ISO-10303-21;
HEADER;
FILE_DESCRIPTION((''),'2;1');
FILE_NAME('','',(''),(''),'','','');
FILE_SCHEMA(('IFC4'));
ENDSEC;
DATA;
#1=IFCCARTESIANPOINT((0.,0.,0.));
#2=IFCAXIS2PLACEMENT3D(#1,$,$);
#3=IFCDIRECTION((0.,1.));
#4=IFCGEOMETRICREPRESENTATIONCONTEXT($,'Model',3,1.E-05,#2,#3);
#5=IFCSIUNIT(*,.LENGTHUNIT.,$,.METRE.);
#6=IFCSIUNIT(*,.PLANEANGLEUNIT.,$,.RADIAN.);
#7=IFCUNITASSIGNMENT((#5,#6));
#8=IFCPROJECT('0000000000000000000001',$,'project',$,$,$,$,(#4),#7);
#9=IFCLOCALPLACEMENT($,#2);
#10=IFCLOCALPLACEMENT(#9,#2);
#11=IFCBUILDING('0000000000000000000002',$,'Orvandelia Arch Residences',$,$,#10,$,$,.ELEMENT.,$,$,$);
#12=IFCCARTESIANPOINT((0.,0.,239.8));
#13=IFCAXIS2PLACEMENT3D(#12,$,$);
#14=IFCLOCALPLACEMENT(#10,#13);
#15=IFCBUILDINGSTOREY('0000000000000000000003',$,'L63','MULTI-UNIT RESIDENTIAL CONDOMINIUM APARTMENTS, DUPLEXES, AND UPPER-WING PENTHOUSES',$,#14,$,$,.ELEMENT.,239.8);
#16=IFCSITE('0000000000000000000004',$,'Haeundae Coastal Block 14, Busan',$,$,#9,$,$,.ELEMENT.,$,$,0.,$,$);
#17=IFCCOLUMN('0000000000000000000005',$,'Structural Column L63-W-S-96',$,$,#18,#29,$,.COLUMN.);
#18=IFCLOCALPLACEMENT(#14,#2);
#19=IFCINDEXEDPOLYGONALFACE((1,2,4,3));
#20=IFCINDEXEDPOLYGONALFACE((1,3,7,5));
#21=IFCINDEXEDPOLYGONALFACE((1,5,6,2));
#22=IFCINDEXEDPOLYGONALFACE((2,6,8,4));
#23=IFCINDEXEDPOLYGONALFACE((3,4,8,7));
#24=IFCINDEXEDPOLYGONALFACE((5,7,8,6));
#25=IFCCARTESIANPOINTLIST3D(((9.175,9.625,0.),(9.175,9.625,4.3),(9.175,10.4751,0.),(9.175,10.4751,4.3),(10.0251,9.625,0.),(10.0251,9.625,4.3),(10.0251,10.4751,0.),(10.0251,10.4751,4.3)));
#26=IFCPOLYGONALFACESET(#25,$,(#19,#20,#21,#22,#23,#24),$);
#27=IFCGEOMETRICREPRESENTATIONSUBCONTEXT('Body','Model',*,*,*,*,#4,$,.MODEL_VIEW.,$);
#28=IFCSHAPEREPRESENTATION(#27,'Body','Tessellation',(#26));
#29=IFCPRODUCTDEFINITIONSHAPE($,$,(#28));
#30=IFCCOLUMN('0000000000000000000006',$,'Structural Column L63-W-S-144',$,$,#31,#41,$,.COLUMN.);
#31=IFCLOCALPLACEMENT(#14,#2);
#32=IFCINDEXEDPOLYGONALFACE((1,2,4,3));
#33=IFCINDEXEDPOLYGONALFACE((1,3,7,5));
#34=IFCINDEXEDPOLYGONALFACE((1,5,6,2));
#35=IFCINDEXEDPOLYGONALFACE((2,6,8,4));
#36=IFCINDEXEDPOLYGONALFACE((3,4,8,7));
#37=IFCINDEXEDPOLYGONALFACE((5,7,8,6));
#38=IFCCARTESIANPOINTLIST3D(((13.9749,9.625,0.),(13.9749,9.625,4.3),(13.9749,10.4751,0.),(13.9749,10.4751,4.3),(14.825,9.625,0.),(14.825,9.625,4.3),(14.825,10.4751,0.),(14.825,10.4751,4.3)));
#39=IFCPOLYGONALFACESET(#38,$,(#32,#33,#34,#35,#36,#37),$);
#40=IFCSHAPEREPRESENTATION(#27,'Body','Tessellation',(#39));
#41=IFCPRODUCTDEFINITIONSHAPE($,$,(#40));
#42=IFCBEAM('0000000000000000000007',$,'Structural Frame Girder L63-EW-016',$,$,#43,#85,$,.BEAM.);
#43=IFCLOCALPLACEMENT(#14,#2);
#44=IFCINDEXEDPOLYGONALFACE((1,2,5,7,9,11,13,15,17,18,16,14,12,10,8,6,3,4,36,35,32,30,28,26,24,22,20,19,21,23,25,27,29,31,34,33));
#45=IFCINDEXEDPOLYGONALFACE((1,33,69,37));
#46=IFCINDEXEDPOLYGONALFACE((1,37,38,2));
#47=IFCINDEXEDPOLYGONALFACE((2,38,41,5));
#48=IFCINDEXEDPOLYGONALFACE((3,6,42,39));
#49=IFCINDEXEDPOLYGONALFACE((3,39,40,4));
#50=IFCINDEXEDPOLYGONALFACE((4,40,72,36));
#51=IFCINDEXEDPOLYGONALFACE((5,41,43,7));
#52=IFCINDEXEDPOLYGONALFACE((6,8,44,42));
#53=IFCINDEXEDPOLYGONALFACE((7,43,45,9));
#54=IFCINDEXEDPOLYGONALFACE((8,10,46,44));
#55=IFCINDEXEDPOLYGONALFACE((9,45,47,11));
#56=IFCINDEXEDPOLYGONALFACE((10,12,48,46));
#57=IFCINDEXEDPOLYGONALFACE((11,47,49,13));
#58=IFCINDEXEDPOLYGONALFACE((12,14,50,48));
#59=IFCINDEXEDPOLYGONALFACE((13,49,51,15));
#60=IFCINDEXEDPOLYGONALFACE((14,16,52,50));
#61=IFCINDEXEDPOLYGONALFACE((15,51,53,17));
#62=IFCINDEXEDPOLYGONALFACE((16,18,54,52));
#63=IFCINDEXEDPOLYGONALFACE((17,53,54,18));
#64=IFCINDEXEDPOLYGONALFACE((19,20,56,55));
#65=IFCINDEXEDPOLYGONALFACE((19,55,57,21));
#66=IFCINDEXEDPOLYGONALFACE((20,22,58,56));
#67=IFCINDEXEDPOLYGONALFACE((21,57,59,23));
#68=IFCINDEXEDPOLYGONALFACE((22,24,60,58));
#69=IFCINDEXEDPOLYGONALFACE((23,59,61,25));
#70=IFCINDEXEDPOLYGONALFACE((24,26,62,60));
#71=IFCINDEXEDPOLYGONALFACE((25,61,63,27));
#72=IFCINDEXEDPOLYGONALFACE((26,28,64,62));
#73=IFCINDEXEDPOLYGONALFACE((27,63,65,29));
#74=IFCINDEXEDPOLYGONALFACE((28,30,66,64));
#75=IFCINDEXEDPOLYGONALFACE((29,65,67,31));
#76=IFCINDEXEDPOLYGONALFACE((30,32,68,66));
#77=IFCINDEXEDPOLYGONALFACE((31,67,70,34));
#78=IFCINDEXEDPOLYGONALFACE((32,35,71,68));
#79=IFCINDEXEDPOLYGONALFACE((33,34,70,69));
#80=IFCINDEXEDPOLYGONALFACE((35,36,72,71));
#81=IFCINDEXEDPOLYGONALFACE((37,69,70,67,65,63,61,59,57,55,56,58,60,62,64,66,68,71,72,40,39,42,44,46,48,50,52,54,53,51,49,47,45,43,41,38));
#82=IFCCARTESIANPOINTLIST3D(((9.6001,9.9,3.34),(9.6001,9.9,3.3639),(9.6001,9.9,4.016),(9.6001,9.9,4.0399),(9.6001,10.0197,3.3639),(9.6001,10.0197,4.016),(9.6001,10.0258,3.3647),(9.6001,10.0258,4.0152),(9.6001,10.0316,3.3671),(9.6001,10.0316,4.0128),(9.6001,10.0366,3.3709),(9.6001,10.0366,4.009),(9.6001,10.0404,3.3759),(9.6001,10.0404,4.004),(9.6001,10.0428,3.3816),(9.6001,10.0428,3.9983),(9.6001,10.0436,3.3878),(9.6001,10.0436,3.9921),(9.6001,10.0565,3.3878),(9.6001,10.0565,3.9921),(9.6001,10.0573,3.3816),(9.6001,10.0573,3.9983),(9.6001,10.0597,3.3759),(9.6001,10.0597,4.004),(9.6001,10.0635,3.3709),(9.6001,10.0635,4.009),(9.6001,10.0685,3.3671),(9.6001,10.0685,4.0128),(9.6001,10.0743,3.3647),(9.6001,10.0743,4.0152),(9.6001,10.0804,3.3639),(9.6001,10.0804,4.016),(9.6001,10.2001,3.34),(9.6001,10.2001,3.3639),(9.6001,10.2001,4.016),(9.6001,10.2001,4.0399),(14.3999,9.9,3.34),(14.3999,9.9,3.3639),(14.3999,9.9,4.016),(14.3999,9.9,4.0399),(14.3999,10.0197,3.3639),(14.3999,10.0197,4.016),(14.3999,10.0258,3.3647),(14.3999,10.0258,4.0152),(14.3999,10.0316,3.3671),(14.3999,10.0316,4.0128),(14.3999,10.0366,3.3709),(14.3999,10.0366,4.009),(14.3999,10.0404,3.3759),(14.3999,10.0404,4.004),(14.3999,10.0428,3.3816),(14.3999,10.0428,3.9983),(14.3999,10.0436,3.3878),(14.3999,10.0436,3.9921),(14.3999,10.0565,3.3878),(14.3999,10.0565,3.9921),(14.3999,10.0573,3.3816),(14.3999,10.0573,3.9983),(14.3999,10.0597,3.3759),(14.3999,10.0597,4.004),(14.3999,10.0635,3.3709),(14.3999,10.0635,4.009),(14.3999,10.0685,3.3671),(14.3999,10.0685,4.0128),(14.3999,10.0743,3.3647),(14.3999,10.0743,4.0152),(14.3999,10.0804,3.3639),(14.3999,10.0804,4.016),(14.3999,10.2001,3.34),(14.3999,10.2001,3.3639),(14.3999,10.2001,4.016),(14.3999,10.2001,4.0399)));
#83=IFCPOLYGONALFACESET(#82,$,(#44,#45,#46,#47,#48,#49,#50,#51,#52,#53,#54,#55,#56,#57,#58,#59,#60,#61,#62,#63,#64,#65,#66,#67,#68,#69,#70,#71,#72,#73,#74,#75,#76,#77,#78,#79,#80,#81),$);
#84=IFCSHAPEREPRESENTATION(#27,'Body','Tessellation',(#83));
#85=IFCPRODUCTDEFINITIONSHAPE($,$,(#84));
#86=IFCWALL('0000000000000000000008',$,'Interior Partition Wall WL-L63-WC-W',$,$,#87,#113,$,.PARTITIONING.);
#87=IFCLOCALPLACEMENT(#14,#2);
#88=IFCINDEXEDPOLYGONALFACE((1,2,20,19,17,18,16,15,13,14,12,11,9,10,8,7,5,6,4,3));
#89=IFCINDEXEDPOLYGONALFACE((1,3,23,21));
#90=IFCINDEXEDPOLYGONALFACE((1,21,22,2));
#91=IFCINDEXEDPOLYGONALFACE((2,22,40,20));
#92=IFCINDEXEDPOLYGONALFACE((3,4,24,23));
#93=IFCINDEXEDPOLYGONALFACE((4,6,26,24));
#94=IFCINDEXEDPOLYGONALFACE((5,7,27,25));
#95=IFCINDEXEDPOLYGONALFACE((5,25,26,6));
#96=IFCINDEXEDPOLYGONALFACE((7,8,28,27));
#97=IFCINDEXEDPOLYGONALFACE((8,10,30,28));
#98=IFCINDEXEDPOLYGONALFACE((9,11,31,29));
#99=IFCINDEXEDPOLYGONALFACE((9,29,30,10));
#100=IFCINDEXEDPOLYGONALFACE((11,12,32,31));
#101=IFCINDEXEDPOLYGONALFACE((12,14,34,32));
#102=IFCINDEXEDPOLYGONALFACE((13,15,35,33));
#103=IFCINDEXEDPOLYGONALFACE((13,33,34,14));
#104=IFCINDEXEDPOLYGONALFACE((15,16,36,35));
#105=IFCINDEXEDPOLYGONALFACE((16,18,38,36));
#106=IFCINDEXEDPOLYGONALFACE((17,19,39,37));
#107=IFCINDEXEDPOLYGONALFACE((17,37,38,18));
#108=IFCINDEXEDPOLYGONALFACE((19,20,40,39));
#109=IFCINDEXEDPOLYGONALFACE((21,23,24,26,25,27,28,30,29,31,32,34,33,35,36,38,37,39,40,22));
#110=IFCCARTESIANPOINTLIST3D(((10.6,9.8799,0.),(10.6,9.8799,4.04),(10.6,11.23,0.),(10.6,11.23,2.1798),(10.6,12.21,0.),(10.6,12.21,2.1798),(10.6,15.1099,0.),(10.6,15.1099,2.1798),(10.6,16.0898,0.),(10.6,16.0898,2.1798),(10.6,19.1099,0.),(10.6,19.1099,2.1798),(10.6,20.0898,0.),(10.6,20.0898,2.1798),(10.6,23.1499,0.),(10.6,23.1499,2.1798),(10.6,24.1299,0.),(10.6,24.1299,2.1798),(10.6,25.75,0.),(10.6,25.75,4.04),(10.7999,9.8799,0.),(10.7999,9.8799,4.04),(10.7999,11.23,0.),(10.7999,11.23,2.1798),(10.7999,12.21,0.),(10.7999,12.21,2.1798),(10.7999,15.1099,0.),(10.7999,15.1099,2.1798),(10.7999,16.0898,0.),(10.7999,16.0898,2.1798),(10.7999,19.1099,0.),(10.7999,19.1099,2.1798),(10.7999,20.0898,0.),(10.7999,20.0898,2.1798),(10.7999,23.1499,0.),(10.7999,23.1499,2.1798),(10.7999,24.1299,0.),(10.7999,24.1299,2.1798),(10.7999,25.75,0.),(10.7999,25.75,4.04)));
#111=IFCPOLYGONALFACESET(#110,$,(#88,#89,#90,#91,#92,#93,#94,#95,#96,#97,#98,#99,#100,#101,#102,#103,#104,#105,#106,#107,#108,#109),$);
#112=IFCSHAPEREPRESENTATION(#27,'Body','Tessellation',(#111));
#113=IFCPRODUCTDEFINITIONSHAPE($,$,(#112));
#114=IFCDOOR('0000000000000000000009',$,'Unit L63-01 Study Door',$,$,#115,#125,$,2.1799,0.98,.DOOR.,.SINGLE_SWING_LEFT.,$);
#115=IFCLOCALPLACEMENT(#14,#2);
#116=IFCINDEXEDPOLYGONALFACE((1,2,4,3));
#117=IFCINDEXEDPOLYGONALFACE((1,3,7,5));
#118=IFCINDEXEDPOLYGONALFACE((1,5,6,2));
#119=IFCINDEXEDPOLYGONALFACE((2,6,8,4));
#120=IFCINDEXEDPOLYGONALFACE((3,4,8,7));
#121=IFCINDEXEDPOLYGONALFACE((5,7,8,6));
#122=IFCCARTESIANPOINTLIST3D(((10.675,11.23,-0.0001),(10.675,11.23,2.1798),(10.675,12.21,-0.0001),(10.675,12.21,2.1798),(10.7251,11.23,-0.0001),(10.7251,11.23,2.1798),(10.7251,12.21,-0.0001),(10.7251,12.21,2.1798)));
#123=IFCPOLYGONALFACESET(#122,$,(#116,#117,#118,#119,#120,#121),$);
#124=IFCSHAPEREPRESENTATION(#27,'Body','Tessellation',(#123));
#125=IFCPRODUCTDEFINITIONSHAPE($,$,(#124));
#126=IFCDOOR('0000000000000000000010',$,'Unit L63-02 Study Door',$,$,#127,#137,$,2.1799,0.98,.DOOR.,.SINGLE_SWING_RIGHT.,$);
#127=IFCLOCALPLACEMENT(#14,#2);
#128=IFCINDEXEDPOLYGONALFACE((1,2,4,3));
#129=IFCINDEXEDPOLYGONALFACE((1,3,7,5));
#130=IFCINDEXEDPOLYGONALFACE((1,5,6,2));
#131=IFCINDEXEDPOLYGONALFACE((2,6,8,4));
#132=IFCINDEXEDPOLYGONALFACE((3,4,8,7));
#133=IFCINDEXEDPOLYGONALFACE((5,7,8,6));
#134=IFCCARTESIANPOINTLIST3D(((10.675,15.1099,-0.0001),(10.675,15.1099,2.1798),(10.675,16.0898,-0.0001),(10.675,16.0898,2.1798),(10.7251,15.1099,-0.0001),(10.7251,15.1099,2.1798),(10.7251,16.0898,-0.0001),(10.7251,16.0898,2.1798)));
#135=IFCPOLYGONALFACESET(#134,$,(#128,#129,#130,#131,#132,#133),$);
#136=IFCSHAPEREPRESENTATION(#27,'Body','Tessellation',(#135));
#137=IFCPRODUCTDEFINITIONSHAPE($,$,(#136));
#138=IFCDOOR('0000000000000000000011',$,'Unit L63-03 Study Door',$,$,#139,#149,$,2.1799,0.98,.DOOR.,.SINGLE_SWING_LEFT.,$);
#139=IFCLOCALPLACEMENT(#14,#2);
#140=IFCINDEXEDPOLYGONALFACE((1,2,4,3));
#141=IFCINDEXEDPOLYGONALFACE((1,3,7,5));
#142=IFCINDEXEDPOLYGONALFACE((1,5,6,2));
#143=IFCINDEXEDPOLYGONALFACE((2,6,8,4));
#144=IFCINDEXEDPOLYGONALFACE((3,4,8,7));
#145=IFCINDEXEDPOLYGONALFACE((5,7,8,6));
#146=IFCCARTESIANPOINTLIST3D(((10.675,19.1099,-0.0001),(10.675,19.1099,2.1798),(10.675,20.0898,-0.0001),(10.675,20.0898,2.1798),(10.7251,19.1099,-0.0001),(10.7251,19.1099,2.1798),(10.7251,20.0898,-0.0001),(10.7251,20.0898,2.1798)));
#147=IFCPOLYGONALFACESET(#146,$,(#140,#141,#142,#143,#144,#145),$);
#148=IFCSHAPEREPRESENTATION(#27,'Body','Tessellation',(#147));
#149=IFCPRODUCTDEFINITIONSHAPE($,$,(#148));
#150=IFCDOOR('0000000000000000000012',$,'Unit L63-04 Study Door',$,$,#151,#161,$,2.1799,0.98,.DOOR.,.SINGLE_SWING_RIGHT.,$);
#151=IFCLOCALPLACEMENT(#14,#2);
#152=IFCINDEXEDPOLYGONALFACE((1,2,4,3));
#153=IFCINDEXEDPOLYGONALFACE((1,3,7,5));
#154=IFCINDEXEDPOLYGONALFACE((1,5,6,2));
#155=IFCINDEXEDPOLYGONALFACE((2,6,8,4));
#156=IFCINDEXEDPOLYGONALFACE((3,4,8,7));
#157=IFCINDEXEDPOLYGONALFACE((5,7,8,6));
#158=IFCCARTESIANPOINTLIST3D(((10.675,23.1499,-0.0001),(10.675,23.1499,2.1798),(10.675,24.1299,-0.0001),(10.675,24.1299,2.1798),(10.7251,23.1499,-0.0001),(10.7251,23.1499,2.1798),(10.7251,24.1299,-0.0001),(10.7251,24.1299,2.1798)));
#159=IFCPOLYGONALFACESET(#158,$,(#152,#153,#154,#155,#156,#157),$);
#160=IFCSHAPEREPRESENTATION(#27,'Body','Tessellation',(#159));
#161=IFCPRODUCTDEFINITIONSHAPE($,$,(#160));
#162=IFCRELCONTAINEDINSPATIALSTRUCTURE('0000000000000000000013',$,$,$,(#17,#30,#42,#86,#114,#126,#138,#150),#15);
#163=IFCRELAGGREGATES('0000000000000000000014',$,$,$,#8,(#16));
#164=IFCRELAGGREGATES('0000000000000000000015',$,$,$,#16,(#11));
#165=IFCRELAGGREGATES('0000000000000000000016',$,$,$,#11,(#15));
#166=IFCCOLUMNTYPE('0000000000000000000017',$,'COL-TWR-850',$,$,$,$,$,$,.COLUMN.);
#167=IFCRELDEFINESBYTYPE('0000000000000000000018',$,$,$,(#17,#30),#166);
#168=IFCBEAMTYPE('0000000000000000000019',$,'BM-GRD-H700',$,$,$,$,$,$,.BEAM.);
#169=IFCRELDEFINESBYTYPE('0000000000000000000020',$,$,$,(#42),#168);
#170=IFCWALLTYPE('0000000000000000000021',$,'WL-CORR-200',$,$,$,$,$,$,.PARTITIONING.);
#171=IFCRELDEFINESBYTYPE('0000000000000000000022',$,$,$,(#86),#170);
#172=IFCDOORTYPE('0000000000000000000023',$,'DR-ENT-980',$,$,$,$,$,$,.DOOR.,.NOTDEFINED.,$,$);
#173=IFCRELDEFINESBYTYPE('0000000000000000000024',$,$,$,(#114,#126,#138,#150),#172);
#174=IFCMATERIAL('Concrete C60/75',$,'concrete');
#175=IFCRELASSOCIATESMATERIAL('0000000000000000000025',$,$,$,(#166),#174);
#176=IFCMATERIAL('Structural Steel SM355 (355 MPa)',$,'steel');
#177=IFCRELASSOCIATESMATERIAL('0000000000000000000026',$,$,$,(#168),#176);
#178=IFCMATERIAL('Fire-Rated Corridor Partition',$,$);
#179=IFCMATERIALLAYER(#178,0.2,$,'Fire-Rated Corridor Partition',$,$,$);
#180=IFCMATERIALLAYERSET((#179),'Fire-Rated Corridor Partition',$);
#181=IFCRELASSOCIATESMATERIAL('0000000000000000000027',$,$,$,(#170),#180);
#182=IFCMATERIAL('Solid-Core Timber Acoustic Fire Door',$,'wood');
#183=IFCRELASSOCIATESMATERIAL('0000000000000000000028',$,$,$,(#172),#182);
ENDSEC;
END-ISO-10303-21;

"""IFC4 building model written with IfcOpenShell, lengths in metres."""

from ifc_helpers import new_model, si_unit, direction, frame, frame_2d, origin, origin_2d, place, context, subcontext, project, spatial, rectangle, i_section, extrude, material, layer, layer_set, material_profile, profile_set, type_object, element, fill, save


model = new_model("IFC4")

# Units and contexts
model_context = context("Model", 3, precision=1e-05, world=origin(), true_north=direction((0.0, 1.0)))
body_context = subcontext(model_context, "Body", "Model", "MODEL_VIEW")
ifc_project = project(units=[si_unit("LENGTHUNIT", "METRE"), si_unit("PLANEANGLEUNIT", "RADIAN")], contexts=[model_context])

# Site, building, storey
site_placement = place(None, origin())
site = spatial("IfcSite", under=ifc_project, at=site_placement, Name="Haeundae Coastal Block 14, Busan", CompositionType="ELEMENT", RefElevation=0.0)
building_placement = place(site_placement, origin())
building = spatial("IfcBuilding", under=site, at=building_placement, Name="Orvandelia Arch Residences", CompositionType="ELEMENT")
storey_placement = place(building_placement, frame((0.0, 0.0, 239.8)))
storey = spatial("IfcBuildingStorey", under=building, at=storey_placement, Name="L63", Description="MULTI-UNIT RESIDENTIAL CONDOMINIUM APARTMENTS, DUPLEXES, AND UPPER-WING PENTHOUSES", CompositionType="ELEMENT", Elevation=239.8)

# Columns
ifc_material_1 = material(Name="Concrete C60/75", Category="concrete")
ifc_material_profile_1 = material_profile(ifc_material_1, rectangle(XDim=0.8501, YDim=0.8501, at=origin_2d()), Name="Concrete C60/75", Category="concrete")
ifc_profile_set_1 = profile_set([ifc_material_profile_1], Name="Concrete C60/75")
column_type = type_object("IfcColumnType", Name="COL-TWR-850", PredefinedType="COLUMN", material=ifc_profile_set_1)
for number, where, z_axis, x_axis, name in (
    (1, (9.6001, 10.05, 0.0), (0.0, 0.0, 1.0), (1.0, 0.0, 0.0), "Structural Column L63-W-S-96"),
    (2, (14.3999, 10.05, 0.0), (0.0, 0.0, 1.0), (1.0, 0.0, 0.0), "Structural Column L63-W-S-144"),
):
    element("IfcColumn", number, at=place(storey_placement, frame(where, z_axis=z_axis, x_axis=x_axis)), inside=storey, type_object=column_type, Name=name, PredefinedType="COLUMN", context=body_context, shape_type="SweptSolid", body=[
        extrude(rectangle(XDim=0.8501, YDim=0.8501, at=origin_2d()), origin(), (0.0, 0.0, 1.0), 4.3),
    ])

# Beam
ifc_material_2 = material(Name="Structural Steel SM355 (355 MPa)", Category="steel")
ifc_material_profile_2 = material_profile(ifc_material_2, i_section(OverallWidth=0.3, OverallDepth=0.7, WebThickness=0.0129, FlangeThickness=0.0239, FilletRadius=0.0239, at=origin_2d()), Name="Structural Steel SM355 (355 MPa)", Category="steel")
ifc_profile_set_2 = profile_set([ifc_material_profile_2], Name="Structural Steel SM355 (355 MPa)")
beam_type = type_object("IfcBeamType", Name="BM-GRD-H700", PredefinedType="BEAM", material=ifc_profile_set_2)
beam_placement = place(storey_placement, frame((9.6001, 10.05, 3.6899), z_axis=(1.0, 0.0, 0.0), x_axis=(0.0, 1.0, 0.0)))
element("IfcBeam", 3, at=beam_placement, inside=storey, type_object=beam_type, Name="Structural Frame Girder L63-EW-016", PredefinedType="BEAM", context=body_context, shape_type="SweptSolid", body=[
    extrude(i_section(OverallWidth=0.3, OverallDepth=0.7, WebThickness=0.0129, FlangeThickness=0.0239, FilletRadius=0.0239, at=origin_2d()), origin(), (0.0, 0.0, 1.0), 4.7998),
])

# Wall, openings, doors
ifc_material_3 = material(Name="Fire-Rated Corridor Partition")
ifc_layer_1 = layer(ifc_material_3, 0.2, Name="Fire-Rated Corridor Partition")
ifc_layer_set_1 = layer_set([ifc_layer_1], Name="Fire-Rated Corridor Partition")
wall_type_1 = type_object("IfcWallType", Name="WL-CORR-200", PredefinedType="PARTITIONING", material=ifc_layer_set_1)
wall_1_placement = place(storey_placement, frame((10.7, 9.8799, 0.0), z_axis=(0.0, 0.0, 1.0), x_axis=(0.0, 1.0, 0.0)))
wall_1 = element("IfcWall", 4, at=wall_1_placement, inside=storey, type_object=wall_type_1, Name="Interior Partition Wall WL-L63-WC-W", PredefinedType="PARTITIONING", context=body_context, shape_type="SweptSolid", body=[
    extrude(rectangle(XDim=15.8701, YDim=0.2, at=frame_2d((7.9351, 0.0))), origin(), (0.0, 0.0, 1.0), 4.04),
])
opening_1_placement = place(wall_1_placement, frame((1.3501, 0.0, 0.0)))
opening_1 = element("IfcOpeningElement", 5, at=opening_1_placement, cuts=wall_1, PredefinedType="OPENING", context=body_context, shape_type="SweptSolid", body=[
    extrude(rectangle(XDim=0.98, YDim=2.1799, at=frame_2d((0.49, 1.0898))), frame((0.0, 0.1099, 0.0), z_axis=(0.0, -1.0, 0.0), x_axis=(1.0, 0.0, 0.0)), (0.0, 0.0, 1.0), 0.22),
])
opening_2_placement = place(wall_1_placement, frame((5.23, 0.0, 0.0)))
opening_2 = element("IfcOpeningElement", 6, at=opening_2_placement, cuts=wall_1, PredefinedType="OPENING", context=body_context, shape_type="SweptSolid", body=[
    extrude(rectangle(XDim=0.98, YDim=2.1799, at=frame_2d((0.49, 1.0898))), frame((0.0, 0.1099, 0.0), z_axis=(0.0, -1.0, 0.0), x_axis=(1.0, 0.0, 0.0)), (0.0, 0.0, 1.0), 0.22),
])
opening_3_placement = place(wall_1_placement, frame((9.23, 0.0, 0.0)))
opening_3 = element("IfcOpeningElement", 7, at=opening_3_placement, cuts=wall_1, PredefinedType="OPENING", context=body_context, shape_type="SweptSolid", body=[
    extrude(rectangle(XDim=0.98, YDim=2.1799, at=frame_2d((0.49, 1.0898))), frame((0.0, 0.1099, 0.0), z_axis=(0.0, -1.0, 0.0), x_axis=(1.0, 0.0, 0.0)), (0.0, 0.0, 1.0), 0.22),
])
opening_4_placement = place(wall_1_placement, frame((13.27, 0.0, 0.0)))
opening_4 = element("IfcOpeningElement", 8, at=opening_4_placement, cuts=wall_1, PredefinedType="OPENING", context=body_context, shape_type="SweptSolid", body=[
    extrude(rectangle(XDim=0.98, YDim=2.1799, at=frame_2d((0.49, 1.0898))), frame((0.0, 0.1099, 0.0), z_axis=(0.0, -1.0, 0.0), x_axis=(1.0, 0.0, 0.0)), (0.0, 0.0, 1.0), 0.22),
])
ifc_material_4 = material(Name="Solid-Core Timber Acoustic Fire Door", Category="wood")
door_type = type_object("IfcDoorType", Name="DR-ENT-980", OperationType="NOTDEFINED", PredefinedType="DOOR", material=ifc_material_4)
door_1_placement = place(opening_1_placement, origin())
door_1 = element("IfcDoor", 9, at=door_1_placement, inside=storey, type_object=door_type, Name="Unit L63-01 Study Door", OperationType="SINGLE_SWING_LEFT", OverallHeight=2.1799, OverallWidth=0.98, PredefinedType="DOOR", context=body_context, shape_type="SweptSolid", body=[
    extrude(rectangle(XDim=0.98, YDim=2.1799, at=frame_2d((0.49, 1.0898))), frame((0.0, 0.0249, 0.0), z_axis=(0.0, -1.0, 0.0), x_axis=(1.0, 0.0, 0.0)), (0.0, 0.0, 1.0), 0.05),
])
fill(opening_1, door_1)
door_2_placement = place(opening_2_placement, origin())
door_2 = element("IfcDoor", 10, at=door_2_placement, inside=storey, type_object=door_type, Name="Unit L63-02 Study Door", OperationType="SINGLE_SWING_RIGHT", OverallHeight=2.1799, OverallWidth=0.98, PredefinedType="DOOR", context=body_context, shape_type="SweptSolid", body=[
    extrude(rectangle(XDim=0.98, YDim=2.1799, at=frame_2d((0.49, 1.0898))), frame((0.0, 0.0249, 0.0), z_axis=(0.0, -1.0, 0.0), x_axis=(1.0, 0.0, 0.0)), (0.0, 0.0, 1.0), 0.05),
])
fill(opening_2, door_2)
door_3_placement = place(opening_3_placement, origin())
door_3 = element("IfcDoor", 11, at=door_3_placement, inside=storey, type_object=door_type, Name="Unit L63-03 Study Door", OperationType="SINGLE_SWING_LEFT", OverallHeight=2.1799, OverallWidth=0.98, PredefinedType="DOOR", context=body_context, shape_type="SweptSolid", body=[
    extrude(rectangle(XDim=0.98, YDim=2.1799, at=frame_2d((0.49, 1.0898))), frame((0.0, 0.0249, 0.0), z_axis=(0.0, -1.0, 0.0), x_axis=(1.0, 0.0, 0.0)), (0.0, 0.0, 1.0), 0.05),
])
fill(opening_3, door_3)
door_4_placement = place(opening_4_placement, origin())
door_4 = element("IfcDoor", 12, at=door_4_placement, inside=storey, type_object=door_type, Name="Unit L63-04 Study Door", OperationType="SINGLE_SWING_RIGHT", OverallHeight=2.1799, OverallWidth=0.98, PredefinedType="DOOR", context=body_context, shape_type="SweptSolid", body=[
    extrude(rectangle(XDim=0.98, YDim=2.1799, at=frame_2d((0.49, 1.0898))), frame((0.0, 0.0249, 0.0), z_axis=(0.0, -1.0, 0.0), x_axis=(1.0, 0.0, 0.0)), (0.0, 0.0, 1.0), 0.05),
])
fill(opening_4, door_4)

save(model, "model.ifc")
